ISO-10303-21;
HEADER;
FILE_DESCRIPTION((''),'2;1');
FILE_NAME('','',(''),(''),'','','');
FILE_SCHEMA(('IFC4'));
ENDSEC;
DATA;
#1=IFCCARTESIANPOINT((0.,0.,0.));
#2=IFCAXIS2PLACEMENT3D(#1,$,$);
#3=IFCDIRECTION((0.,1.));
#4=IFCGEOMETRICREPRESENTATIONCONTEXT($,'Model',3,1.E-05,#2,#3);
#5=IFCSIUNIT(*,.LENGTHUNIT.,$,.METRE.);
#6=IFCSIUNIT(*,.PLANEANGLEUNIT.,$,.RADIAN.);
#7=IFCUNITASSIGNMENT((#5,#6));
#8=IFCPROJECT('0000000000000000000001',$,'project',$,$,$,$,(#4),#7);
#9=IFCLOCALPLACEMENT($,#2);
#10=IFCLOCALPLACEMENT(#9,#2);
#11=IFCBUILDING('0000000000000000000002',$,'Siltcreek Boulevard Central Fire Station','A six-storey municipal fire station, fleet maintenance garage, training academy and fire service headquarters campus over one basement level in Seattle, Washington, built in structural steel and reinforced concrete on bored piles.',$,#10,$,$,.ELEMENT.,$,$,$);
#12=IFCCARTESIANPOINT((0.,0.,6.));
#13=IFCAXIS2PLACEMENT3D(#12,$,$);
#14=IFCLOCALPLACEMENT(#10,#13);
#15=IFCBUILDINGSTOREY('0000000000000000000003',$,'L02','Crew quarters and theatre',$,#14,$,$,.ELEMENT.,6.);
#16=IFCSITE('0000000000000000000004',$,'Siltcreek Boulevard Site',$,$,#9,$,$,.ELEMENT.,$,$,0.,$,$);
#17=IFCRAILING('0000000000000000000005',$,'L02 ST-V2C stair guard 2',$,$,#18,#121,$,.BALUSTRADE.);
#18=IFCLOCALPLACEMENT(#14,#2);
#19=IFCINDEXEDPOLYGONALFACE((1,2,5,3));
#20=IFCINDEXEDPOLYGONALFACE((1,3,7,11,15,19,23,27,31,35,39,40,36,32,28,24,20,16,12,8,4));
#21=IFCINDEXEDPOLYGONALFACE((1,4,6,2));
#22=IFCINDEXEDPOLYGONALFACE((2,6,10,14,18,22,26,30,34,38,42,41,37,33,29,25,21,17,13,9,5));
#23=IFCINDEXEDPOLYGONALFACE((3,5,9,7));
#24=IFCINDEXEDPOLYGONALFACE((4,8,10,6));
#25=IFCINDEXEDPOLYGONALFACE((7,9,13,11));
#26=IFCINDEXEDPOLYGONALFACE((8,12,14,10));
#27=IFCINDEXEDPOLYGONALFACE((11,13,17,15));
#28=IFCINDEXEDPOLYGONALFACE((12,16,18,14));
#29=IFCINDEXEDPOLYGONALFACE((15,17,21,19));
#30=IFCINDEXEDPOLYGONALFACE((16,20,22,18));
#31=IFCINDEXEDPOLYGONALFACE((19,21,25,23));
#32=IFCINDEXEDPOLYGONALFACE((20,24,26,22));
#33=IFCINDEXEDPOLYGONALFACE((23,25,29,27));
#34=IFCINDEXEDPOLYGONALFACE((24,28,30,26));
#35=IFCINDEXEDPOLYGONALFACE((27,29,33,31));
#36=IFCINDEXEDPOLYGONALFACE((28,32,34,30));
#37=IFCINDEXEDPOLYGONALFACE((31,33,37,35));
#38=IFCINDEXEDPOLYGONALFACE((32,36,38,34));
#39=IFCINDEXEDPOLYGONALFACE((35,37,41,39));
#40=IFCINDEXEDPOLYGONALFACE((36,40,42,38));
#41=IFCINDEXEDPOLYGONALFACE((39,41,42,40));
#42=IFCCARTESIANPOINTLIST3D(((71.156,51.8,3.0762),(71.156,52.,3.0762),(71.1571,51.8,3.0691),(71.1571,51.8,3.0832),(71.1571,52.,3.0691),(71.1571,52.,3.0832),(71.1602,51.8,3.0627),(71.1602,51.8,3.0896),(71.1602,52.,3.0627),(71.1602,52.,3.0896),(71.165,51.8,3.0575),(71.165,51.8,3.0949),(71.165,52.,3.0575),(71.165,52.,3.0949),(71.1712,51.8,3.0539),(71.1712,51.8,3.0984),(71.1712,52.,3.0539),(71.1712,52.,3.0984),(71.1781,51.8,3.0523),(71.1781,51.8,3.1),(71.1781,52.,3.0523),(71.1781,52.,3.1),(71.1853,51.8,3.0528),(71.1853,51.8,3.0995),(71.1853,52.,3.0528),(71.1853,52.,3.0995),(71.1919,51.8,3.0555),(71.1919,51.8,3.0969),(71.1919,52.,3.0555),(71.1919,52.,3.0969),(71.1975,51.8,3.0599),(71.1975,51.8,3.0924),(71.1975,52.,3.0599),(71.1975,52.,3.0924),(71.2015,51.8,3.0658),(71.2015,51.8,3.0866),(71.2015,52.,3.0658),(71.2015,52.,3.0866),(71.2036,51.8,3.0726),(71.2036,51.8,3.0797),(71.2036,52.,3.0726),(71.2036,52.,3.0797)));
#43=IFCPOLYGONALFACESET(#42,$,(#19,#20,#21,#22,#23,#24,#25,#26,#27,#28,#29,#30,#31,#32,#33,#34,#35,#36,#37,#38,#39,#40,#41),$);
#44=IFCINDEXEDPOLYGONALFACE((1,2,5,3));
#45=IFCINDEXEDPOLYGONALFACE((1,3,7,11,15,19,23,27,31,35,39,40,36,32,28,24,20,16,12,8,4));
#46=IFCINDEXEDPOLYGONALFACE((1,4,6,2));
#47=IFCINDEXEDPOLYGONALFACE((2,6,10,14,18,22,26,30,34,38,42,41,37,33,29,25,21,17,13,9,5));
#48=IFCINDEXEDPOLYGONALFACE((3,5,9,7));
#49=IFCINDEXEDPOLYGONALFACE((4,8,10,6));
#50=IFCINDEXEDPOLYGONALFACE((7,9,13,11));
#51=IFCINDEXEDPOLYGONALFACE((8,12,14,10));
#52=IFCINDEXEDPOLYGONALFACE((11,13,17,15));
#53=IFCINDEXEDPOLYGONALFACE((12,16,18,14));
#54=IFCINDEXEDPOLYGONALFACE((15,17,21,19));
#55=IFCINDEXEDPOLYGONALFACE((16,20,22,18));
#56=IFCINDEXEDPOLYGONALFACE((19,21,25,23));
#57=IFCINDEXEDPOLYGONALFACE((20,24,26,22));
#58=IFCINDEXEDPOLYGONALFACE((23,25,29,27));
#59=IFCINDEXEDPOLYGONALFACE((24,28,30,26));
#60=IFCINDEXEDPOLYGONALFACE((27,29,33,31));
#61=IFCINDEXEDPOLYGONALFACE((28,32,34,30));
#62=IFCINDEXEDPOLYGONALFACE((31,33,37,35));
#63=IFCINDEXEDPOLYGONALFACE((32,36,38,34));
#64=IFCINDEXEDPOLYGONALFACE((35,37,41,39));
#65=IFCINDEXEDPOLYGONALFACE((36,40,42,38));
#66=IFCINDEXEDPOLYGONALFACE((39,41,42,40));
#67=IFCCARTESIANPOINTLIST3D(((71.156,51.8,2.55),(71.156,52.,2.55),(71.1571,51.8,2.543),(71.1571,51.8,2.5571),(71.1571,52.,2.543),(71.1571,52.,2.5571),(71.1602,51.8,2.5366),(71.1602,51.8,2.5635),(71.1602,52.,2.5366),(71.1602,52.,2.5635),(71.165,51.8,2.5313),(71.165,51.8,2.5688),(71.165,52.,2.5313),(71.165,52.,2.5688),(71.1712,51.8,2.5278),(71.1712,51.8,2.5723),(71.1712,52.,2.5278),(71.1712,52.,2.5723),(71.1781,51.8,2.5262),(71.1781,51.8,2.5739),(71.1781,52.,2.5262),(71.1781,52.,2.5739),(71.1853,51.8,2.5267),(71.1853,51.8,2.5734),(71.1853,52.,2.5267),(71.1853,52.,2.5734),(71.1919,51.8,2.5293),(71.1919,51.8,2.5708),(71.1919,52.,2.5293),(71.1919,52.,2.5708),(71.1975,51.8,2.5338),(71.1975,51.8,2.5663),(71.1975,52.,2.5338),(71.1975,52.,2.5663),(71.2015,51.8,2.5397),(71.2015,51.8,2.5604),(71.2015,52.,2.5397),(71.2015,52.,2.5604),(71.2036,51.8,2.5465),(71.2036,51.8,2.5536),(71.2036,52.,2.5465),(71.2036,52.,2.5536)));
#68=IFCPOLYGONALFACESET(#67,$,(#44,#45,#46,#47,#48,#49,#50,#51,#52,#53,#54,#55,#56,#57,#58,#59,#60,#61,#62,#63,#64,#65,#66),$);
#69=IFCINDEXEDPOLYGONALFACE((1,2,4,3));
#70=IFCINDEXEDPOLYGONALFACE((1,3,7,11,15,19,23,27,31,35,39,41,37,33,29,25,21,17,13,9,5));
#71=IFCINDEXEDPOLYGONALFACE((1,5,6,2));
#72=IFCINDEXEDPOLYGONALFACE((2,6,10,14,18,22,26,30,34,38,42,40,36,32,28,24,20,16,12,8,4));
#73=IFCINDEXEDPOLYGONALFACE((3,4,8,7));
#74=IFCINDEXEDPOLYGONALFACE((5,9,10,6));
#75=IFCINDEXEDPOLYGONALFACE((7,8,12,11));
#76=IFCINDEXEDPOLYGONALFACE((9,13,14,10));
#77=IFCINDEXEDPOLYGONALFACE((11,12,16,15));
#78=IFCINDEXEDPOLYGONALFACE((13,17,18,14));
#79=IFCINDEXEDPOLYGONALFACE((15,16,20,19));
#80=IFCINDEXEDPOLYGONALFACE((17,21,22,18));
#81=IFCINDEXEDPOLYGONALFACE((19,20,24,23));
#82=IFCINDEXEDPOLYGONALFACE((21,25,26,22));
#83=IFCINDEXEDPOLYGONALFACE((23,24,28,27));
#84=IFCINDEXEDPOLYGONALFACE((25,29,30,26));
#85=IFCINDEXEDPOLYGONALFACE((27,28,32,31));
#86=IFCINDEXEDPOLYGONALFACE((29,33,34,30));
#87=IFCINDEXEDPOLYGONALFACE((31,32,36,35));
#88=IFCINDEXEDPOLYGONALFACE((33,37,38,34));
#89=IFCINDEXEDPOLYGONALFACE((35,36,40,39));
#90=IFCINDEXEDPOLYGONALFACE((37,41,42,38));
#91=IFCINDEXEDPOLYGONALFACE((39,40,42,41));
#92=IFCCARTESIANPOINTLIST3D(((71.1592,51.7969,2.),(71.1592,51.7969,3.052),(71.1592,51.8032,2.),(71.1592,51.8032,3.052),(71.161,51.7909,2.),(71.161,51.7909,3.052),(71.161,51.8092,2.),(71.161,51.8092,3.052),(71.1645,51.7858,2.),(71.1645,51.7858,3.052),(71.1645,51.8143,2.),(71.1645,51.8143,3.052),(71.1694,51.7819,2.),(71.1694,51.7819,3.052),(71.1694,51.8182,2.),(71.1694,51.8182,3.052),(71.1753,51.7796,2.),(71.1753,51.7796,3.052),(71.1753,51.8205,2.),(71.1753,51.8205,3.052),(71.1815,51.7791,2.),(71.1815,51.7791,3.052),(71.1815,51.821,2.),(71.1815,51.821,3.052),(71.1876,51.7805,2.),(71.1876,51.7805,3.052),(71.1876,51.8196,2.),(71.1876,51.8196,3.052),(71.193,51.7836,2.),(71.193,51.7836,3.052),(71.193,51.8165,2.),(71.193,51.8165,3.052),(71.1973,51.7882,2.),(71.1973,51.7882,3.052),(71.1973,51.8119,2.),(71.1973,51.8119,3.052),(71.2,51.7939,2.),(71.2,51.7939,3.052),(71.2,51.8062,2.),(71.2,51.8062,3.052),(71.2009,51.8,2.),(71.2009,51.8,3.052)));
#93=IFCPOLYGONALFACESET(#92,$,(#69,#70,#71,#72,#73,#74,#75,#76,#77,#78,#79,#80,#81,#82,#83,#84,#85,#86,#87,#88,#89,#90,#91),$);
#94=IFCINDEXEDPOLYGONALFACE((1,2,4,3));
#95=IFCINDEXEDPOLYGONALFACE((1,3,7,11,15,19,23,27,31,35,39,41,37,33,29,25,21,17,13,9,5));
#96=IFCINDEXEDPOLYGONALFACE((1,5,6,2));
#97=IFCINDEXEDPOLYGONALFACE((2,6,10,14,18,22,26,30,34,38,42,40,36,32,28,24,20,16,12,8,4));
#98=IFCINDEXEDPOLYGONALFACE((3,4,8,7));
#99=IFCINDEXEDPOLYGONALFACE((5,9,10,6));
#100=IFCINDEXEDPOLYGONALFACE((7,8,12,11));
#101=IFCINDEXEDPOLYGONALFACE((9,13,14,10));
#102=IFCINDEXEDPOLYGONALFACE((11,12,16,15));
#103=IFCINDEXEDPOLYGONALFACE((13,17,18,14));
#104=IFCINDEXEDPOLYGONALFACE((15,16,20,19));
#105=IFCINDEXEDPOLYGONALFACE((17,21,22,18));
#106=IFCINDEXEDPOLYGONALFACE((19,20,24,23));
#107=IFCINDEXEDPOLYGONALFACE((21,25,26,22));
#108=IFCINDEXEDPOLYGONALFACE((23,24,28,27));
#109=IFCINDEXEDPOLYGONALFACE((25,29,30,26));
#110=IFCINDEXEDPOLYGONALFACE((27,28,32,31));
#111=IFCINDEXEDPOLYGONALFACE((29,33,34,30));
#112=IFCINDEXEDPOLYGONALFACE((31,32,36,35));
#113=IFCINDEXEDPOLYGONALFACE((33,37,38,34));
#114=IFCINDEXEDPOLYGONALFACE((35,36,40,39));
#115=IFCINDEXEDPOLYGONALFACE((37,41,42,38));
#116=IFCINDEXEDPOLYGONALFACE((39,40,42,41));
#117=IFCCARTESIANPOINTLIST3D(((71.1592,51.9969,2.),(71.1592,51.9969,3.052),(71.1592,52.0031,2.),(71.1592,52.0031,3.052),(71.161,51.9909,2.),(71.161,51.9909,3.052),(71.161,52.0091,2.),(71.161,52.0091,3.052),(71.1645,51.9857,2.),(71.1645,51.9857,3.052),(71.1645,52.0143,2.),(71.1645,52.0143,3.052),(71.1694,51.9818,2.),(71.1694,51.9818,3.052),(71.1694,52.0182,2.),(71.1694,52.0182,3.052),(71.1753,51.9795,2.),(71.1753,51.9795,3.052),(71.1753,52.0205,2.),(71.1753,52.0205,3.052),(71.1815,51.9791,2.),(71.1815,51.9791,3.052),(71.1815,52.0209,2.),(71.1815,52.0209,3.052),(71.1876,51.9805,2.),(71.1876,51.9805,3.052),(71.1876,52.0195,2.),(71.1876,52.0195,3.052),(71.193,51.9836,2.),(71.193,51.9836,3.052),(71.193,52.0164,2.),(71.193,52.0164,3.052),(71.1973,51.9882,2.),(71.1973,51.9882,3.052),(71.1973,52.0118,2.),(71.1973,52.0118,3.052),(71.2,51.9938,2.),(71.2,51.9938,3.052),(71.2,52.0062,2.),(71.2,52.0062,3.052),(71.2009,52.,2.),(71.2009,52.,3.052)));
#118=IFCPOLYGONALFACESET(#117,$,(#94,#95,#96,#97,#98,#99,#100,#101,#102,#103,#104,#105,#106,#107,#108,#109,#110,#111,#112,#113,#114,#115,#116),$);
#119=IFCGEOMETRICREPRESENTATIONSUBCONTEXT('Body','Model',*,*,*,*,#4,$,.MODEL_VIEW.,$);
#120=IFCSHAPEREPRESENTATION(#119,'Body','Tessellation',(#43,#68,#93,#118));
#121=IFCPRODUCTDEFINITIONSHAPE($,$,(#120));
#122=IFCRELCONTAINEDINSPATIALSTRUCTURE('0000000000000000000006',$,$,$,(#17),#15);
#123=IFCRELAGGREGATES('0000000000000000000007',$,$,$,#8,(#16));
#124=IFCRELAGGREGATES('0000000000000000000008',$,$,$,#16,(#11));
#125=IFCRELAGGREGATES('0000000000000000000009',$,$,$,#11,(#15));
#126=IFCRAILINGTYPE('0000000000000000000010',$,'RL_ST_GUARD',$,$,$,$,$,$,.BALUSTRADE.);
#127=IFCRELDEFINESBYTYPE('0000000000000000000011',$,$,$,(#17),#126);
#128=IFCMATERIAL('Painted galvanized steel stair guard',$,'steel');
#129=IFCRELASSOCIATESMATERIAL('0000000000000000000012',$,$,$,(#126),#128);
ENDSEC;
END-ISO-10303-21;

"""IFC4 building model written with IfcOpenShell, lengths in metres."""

from ifc_helpers import new_model, si_unit, direction, frame, origin, origin_2d, place, context, subcontext, project, spatial, circle, extrude, material, type_object, element, save


model = new_model("IFC4")

# Units and contexts
model_context = context("Model", 3, precision=1e-05, world=origin(), true_north=direction((0.0, 1.0)))
body_context = subcontext(model_context, "Body", "Model", "MODEL_VIEW")
ifc_project = project(units=[si_unit("LENGTHUNIT", "METRE"), si_unit("PLANEANGLEUNIT", "RADIAN")], contexts=[model_context])

# Site, building, storey
site_placement = place(None, origin())
site = spatial("IfcSite", under=ifc_project, at=site_placement, Name="Siltcreek Boulevard Site", CompositionType="ELEMENT", RefElevation=0.0)
building_placement = place(site_placement, origin())
building = spatial("IfcBuilding", under=site, at=building_placement, Name="Siltcreek Boulevard Central Fire Station", Description="A six-storey municipal fire station, fleet maintenance garage, training academy and fire service headquarters campus over one basement level in Seattle, Washington, built in structural steel and reinforced concrete on bored piles.", CompositionType="ELEMENT")
storey_placement = place(building_placement, frame((0.0, 0.0, 6.0)))
storey = spatial("IfcBuildingStorey", under=building, at=storey_placement, Name="L02", Description="Crew quarters and theatre", CompositionType="ELEMENT", Elevation=6.0)

# Railing
ifc_material_1 = material(Name="Painted galvanized steel stair guard", Category="steel")
railing_type_1 = type_object("IfcRailingType", Name="RL_ST_GUARD", PredefinedType="BALUSTRADE", material=ifc_material_1)
railing_1_placement = place(storey_placement, frame((71.1799, 51.8, 2.0)))
element("IfcRailing", 1, at=railing_1_placement, inside=storey, type_object=railing_type_1, Name="L02 ST-V2C stair guard 2", PredefinedType="BALUSTRADE", context=body_context, shape_type="SweptSolid", body=[
    extrude(circle(Radius=0.0239, at=origin_2d()), frame((0.0, 0.0, 1.0762), z_axis=(0.0, 1.0, 0.0), x_axis=(-1.0, 0.0, 0.0)), (0.0, 0.0, 1.0), 0.2),
    extrude(circle(Radius=0.0239, at=origin_2d()), frame((0.0, 0.0, 0.55), z_axis=(0.0, 1.0, 0.0), x_axis=(-1.0, 0.0, 0.0)), (0.0, 0.0, 1.0), 0.2),
    extrude(circle(Radius=0.021, at=origin_2d()), origin(), (0.0, 0.0, 1.0), 1.052),
    extrude(circle(Radius=0.021, at=origin_2d()), frame((0.0, 0.2, 0.0)), (0.0, 0.0, 1.0), 1.052),
])

save(model, "model.ifc")
